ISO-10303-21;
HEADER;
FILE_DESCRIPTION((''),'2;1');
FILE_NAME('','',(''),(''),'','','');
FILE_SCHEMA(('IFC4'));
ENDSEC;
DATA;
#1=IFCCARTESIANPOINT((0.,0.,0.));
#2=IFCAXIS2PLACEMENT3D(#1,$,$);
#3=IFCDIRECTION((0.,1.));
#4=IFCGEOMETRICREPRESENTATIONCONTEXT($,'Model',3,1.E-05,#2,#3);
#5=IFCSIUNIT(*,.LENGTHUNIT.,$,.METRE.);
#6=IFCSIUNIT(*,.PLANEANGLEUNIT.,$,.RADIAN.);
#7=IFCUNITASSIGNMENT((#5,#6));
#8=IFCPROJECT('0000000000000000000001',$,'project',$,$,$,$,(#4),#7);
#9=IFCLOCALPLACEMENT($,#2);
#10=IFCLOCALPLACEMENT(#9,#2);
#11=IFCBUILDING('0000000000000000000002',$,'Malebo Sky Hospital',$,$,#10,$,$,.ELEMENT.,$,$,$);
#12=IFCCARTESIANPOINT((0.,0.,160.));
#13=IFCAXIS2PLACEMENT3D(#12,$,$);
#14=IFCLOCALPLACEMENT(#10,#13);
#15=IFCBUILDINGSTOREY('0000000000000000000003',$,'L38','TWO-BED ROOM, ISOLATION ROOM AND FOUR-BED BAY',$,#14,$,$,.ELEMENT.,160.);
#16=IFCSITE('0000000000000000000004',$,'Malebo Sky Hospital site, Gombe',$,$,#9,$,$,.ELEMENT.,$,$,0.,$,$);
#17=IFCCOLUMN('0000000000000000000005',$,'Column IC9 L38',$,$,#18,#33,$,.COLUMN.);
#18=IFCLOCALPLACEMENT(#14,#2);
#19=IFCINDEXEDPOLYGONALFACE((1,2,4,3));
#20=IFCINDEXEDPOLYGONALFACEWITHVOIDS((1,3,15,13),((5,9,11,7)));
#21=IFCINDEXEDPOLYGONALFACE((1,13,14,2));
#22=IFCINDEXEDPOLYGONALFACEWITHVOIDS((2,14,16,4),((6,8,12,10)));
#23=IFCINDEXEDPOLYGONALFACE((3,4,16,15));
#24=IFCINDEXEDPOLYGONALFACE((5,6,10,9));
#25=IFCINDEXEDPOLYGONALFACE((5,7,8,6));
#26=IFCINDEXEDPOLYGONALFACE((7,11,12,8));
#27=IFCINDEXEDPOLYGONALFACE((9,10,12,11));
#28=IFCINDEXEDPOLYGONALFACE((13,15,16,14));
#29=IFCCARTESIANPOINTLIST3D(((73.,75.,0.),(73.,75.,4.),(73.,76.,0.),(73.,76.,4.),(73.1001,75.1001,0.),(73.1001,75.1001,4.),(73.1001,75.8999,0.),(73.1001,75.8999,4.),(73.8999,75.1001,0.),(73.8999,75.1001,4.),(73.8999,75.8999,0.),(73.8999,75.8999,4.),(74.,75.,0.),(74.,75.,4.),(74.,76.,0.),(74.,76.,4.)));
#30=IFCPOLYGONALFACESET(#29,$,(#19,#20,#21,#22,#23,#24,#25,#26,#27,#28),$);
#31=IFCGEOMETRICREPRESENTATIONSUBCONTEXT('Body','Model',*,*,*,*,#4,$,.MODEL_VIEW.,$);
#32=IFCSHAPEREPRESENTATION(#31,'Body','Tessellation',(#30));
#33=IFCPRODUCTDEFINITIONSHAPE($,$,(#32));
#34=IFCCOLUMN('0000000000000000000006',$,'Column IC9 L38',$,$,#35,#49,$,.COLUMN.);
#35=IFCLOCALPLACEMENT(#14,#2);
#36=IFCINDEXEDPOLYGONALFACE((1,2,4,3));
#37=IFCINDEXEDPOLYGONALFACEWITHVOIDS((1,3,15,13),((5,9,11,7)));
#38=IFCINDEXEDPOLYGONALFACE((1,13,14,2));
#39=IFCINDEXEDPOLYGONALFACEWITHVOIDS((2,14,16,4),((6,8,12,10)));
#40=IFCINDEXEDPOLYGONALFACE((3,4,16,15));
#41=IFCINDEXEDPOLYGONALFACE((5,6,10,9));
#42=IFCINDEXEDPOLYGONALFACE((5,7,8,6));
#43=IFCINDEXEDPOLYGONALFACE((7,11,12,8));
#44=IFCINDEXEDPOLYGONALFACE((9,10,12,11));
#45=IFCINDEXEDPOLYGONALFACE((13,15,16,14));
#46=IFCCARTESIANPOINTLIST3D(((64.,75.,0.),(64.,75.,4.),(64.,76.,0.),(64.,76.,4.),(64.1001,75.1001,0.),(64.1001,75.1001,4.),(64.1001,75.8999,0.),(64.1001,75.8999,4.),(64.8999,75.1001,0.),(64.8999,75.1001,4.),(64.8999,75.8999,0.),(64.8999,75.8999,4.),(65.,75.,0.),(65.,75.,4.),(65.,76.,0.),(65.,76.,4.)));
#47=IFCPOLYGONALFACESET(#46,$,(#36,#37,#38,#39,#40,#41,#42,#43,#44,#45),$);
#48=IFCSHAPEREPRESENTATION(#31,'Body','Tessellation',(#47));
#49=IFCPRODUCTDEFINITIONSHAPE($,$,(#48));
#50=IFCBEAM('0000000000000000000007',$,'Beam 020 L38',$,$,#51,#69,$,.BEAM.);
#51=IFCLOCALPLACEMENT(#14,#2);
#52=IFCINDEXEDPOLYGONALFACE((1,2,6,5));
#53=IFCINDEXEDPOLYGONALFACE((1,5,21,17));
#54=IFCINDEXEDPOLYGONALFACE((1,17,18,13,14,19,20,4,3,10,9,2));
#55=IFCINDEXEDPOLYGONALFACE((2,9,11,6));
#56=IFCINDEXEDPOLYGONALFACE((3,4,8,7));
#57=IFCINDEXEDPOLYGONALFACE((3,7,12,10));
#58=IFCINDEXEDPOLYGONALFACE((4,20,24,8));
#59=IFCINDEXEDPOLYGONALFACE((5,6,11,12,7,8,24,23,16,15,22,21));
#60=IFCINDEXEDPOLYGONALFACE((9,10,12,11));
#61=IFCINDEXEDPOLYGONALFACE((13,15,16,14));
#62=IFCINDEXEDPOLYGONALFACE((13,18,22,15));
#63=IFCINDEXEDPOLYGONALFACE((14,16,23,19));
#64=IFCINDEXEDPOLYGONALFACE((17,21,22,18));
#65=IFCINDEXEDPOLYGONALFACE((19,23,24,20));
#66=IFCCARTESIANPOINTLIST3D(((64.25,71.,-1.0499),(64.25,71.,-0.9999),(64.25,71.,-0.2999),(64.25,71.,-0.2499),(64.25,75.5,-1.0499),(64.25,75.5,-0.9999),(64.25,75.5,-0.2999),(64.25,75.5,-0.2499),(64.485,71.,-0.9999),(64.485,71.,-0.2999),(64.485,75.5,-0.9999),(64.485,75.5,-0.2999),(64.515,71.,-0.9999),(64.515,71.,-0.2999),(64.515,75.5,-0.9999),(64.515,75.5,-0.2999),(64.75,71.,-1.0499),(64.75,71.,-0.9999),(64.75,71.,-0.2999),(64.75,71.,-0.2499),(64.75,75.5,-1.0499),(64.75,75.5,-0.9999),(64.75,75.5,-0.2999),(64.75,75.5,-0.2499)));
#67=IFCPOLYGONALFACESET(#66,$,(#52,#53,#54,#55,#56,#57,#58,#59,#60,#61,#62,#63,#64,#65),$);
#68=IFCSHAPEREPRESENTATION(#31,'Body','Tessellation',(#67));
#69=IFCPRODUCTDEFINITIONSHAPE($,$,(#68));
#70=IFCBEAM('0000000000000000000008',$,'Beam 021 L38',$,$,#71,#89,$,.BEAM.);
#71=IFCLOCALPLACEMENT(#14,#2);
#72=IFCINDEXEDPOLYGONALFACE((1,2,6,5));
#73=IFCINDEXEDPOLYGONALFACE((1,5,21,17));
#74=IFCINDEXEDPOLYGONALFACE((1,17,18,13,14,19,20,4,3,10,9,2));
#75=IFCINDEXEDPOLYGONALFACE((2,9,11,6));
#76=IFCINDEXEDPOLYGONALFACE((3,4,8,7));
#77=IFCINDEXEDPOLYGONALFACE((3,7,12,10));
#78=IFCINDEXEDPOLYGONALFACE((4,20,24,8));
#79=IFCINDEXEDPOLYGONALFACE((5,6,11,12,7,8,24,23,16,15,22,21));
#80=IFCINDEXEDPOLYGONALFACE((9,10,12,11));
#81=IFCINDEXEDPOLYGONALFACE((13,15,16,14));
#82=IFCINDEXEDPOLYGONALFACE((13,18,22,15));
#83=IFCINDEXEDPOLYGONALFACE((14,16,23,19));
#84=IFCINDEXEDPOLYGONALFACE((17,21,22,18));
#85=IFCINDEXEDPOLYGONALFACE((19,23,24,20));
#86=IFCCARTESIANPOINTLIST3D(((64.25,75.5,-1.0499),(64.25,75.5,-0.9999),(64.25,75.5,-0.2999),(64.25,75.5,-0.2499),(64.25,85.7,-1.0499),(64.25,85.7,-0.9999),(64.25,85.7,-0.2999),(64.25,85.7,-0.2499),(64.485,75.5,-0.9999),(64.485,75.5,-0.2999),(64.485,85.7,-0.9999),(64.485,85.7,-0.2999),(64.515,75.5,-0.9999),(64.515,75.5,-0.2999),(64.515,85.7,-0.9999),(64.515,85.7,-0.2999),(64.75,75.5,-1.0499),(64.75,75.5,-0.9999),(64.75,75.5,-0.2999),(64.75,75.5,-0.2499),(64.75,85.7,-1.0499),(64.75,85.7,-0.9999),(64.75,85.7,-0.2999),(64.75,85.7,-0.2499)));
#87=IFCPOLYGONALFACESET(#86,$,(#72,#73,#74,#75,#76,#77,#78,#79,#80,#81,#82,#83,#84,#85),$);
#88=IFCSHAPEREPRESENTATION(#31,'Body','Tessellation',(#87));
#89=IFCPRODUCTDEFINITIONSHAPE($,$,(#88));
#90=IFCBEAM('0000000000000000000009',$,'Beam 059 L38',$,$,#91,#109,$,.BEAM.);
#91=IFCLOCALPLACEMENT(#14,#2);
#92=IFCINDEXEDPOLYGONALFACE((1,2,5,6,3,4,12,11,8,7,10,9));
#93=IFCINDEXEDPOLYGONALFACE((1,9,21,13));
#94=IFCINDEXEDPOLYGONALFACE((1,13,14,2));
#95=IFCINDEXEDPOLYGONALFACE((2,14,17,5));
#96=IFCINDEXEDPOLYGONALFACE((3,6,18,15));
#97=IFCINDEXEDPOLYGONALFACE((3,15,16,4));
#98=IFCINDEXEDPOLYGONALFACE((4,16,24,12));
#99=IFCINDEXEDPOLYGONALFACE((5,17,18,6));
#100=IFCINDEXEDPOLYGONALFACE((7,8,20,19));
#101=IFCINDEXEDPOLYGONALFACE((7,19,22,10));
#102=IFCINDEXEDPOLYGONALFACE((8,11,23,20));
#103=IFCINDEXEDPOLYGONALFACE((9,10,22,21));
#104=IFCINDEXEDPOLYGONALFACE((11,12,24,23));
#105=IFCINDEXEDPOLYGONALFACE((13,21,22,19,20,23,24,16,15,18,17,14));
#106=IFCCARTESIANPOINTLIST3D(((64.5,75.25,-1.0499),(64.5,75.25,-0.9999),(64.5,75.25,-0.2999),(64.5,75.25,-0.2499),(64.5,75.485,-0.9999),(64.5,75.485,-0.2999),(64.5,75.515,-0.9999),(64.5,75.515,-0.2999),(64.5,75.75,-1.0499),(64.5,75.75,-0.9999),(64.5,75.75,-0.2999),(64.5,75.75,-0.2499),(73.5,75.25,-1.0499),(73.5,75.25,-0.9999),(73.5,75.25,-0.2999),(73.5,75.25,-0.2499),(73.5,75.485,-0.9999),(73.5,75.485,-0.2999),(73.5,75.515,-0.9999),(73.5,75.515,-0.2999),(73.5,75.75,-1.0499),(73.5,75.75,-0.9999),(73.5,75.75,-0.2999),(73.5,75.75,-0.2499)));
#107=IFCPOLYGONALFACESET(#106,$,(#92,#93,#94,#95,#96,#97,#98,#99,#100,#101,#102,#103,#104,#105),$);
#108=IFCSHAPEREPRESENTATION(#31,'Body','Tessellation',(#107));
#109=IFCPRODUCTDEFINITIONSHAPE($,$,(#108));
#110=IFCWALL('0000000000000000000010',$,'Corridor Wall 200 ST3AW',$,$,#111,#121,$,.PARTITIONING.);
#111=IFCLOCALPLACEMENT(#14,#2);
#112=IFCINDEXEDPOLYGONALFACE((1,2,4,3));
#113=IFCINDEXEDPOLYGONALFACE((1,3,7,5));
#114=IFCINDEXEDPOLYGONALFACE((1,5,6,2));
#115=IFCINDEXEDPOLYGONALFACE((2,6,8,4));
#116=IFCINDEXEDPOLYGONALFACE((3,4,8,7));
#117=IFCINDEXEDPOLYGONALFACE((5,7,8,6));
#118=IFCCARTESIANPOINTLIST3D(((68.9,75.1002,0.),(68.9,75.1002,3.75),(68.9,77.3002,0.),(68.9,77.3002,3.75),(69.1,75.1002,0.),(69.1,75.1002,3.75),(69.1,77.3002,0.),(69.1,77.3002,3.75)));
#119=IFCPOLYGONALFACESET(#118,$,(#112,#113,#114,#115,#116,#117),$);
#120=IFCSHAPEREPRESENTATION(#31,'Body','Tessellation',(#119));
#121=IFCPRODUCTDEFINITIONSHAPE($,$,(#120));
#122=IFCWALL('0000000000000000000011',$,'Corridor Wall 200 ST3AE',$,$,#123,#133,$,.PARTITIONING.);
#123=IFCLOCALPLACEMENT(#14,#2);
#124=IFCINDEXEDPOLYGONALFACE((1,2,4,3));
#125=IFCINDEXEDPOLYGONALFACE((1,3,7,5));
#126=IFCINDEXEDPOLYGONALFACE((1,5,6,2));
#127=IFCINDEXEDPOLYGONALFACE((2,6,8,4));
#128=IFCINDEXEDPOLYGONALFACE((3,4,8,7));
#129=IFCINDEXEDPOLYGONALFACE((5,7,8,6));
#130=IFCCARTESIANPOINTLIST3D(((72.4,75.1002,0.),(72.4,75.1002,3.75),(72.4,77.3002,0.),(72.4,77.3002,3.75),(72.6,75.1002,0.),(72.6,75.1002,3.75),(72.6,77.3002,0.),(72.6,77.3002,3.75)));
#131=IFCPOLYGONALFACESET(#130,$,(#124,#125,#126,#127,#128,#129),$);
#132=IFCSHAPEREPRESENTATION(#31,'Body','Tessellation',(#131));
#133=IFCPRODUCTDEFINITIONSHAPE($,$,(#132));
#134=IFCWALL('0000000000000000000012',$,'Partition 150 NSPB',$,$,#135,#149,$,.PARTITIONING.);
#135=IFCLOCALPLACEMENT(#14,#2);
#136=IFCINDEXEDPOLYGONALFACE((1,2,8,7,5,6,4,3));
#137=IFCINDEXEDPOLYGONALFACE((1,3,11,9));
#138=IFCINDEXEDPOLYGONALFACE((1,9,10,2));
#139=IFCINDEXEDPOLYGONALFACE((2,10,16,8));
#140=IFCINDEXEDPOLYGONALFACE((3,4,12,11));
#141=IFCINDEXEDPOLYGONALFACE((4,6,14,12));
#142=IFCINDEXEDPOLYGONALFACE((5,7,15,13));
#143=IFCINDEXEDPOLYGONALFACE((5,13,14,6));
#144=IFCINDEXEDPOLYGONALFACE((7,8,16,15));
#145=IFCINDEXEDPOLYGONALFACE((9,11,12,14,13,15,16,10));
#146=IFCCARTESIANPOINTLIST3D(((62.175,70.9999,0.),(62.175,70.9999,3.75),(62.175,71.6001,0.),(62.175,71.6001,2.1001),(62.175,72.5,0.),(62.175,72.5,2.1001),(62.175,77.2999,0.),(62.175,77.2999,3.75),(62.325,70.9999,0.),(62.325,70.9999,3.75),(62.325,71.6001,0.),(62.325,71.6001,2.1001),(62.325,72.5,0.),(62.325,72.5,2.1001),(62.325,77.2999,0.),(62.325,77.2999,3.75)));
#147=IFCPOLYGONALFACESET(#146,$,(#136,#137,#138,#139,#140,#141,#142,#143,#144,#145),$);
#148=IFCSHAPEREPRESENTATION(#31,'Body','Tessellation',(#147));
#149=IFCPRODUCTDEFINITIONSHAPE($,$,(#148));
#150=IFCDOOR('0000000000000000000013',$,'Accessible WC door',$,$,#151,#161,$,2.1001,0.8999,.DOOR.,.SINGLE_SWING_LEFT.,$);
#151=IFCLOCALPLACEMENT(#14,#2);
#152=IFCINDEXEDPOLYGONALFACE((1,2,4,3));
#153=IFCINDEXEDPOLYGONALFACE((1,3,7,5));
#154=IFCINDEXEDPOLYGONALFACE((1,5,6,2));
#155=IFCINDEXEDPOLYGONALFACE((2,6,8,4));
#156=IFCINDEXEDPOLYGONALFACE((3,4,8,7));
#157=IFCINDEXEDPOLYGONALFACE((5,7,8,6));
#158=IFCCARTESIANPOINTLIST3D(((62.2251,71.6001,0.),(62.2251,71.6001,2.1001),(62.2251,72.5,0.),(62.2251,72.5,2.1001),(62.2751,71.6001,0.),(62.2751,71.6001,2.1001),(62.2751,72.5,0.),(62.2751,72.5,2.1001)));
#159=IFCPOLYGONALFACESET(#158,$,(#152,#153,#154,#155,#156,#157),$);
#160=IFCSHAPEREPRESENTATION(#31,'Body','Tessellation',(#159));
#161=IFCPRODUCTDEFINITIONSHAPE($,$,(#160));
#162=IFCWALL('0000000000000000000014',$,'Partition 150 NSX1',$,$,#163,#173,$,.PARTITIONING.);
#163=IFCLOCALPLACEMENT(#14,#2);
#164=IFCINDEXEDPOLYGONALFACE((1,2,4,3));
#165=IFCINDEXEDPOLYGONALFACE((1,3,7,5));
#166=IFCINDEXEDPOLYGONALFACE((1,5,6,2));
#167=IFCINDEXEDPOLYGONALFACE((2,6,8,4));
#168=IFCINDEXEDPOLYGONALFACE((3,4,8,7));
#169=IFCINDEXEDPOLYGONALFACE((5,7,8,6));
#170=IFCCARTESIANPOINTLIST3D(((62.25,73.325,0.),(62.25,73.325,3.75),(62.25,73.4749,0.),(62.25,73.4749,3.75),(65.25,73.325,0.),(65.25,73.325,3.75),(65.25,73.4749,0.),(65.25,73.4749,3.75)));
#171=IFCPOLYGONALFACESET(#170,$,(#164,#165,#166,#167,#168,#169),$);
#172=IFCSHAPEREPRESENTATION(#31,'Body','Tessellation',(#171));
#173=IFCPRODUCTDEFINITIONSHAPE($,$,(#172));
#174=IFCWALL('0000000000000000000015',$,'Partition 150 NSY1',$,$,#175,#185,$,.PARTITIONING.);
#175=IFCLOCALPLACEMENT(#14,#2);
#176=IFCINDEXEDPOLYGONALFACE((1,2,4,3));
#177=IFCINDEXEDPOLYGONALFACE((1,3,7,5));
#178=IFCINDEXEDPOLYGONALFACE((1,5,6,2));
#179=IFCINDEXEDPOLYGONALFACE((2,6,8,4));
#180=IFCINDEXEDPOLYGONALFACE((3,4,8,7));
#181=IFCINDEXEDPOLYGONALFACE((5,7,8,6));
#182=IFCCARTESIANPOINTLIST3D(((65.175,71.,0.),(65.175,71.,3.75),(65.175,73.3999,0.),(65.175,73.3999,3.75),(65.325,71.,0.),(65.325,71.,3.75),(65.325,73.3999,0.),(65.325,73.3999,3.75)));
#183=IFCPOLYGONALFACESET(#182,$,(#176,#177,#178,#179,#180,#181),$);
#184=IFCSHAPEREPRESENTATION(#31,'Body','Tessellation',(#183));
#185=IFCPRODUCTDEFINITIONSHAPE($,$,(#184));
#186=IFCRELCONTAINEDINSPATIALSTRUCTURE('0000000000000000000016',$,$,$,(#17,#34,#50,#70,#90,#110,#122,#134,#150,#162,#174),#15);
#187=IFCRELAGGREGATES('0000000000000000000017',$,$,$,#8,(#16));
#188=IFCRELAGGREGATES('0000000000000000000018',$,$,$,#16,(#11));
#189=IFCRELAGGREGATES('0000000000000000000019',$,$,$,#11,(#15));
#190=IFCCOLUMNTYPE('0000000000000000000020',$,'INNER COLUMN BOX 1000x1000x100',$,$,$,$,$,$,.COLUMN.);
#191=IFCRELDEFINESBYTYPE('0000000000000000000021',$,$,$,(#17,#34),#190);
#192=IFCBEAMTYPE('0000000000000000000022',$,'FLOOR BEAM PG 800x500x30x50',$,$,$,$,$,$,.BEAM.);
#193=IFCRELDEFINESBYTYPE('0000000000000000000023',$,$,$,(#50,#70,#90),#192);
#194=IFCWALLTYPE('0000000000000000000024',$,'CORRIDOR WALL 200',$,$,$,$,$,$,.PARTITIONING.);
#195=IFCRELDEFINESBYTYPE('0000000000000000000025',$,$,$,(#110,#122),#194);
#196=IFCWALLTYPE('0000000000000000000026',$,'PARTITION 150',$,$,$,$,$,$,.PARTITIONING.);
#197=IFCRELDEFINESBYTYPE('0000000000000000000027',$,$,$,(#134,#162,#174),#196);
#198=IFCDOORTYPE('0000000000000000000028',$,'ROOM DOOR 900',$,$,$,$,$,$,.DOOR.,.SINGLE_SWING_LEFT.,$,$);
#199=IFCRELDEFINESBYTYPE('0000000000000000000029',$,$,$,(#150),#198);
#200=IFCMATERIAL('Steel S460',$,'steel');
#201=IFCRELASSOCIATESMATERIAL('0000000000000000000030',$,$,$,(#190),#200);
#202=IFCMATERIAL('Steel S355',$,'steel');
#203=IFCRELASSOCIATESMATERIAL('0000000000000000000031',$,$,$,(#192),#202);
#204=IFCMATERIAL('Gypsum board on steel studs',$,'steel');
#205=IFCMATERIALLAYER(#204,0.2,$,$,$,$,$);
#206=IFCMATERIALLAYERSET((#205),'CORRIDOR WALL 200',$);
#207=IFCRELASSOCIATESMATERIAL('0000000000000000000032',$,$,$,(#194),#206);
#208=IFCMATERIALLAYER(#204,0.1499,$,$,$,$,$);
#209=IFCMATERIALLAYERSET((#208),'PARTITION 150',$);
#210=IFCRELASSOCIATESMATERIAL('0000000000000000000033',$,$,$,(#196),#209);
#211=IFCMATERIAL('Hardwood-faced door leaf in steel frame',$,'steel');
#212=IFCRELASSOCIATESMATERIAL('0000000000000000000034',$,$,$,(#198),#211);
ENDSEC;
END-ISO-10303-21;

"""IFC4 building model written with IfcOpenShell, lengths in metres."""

from ifc_helpers import new_model, si_unit, direction, frame, frame_2d, origin, origin_2d, place, context, subcontext, project, spatial, rectangle, hollow_rectangle, i_section, extrude, material, layer, layer_set, material_profile, profile_set, type_object, element, fill, save


model = new_model("IFC4")

# Units and contexts
model_context = context("Model", 3, precision=1e-05, world=origin(), true_north=direction((0.0, 1.0)))
body_context = subcontext(model_context, "Body", "Model", "MODEL_VIEW")
ifc_project = project(units=[si_unit("LENGTHUNIT", "METRE"), si_unit("PLANEANGLEUNIT", "RADIAN")], contexts=[model_context])

# Site, building, storey
site_placement = place(None, origin())
site = spatial("IfcSite", under=ifc_project, at=site_placement, Name="Malebo Sky Hospital site, Gombe", CompositionType="ELEMENT", RefElevation=0.0)
building_placement = place(site_placement, origin())
building = spatial("IfcBuilding", under=site, at=building_placement, Name="Malebo Sky Hospital", CompositionType="ELEMENT")
storey_placement = place(building_placement, frame((0.0, 0.0, 160.0)))
storey = spatial("IfcBuildingStorey", under=building, at=storey_placement, Name="L38", Description="TWO-BED ROOM, ISOLATION ROOM AND FOUR-BED BAY", CompositionType="ELEMENT", Elevation=160.0)

# Columns
ifc_material_1 = material(Name="Steel S460", Category="steel")
ifc_material_profile_1 = material_profile(ifc_material_1, hollow_rectangle(XDim=1.0, YDim=1.0, WallThickness=0.1001, at=origin_2d()), Name="BOX 1000x1000x100")
ifc_profile_set_1 = profile_set([ifc_material_profile_1], Name="Steel S460")
column_type = type_object("IfcColumnType", Name="INNER COLUMN BOX 1000x1000x100", PredefinedType="COLUMN", material=ifc_profile_set_1)
for number, where, z_axis, x_axis, name in (
    (1, (73.5, 75.5, 0.0), (0.0, 0.0, 1.0), (1.0, 0.0, 0.0), "Column IC9 L38"),
    (2, (64.5, 75.5, 0.0), (0.0, 0.0, 1.0), (1.0, 0.0, 0.0), "Column IC9 L38"),
):
    element("IfcColumn", number, at=place(storey_placement, frame(where, z_axis=z_axis, x_axis=x_axis)), inside=storey, type_object=column_type, Name=name, PredefinedType="COLUMN", context=body_context, shape_type="SweptSolid", body=[
        extrude(hollow_rectangle(XDim=1.0, YDim=1.0, WallThickness=0.1001, at=origin_2d()), origin(), (0.0, 0.0, 1.0), 4.0),
    ])

# Beams
ifc_material_2 = material(Name="Steel S355", Category="steel")
ifc_material_profile_2 = material_profile(ifc_material_2, i_section(OverallWidth=0.5, OverallDepth=0.8, WebThickness=0.03, FlangeThickness=0.05, at=origin_2d()), Name="PG 800x500x30x50")
ifc_profile_set_2 = profile_set([ifc_material_profile_2], Name="Steel S355")
beam_type = type_object("IfcBeamType", Name="FLOOR BEAM PG 800x500x30x50", PredefinedType="BEAM", material=ifc_profile_set_2)
beam_1_placement = place(storey_placement, frame((64.5, 71.0, -0.6499), z_axis=(0.0, 1.0, 0.0), x_axis=(-1.0, 0.0, 0.0)))
element("IfcBeam", 3, at=beam_1_placement, inside=storey, type_object=beam_type, Name="Beam 020 L38", PredefinedType="BEAM", context=body_context, shape_type="SweptSolid", body=[
    extrude(i_section(OverallWidth=0.5, OverallDepth=0.8, WebThickness=0.03, FlangeThickness=0.05, at=origin_2d()), origin(), (0.0, 0.0, 1.0), 4.5),
])
beam_2_placement = place(storey_placement, frame((64.5, 75.5, -0.6499), z_axis=(0.0, 1.0, 0.0), x_axis=(-1.0, 0.0, 0.0)))
element("IfcBeam", 4, at=beam_2_placement, inside=storey, type_object=beam_type, Name="Beam 021 L38", PredefinedType="BEAM", context=body_context, shape_type="SweptSolid", body=[
    extrude(i_section(OverallWidth=0.5, OverallDepth=0.8, WebThickness=0.03, FlangeThickness=0.05, at=origin_2d()), origin(), (0.0, 0.0, 1.0), 10.2),
])
beam_3_placement = place(storey_placement, frame((64.5, 75.5, -0.6499), z_axis=(1.0, 0.0, 0.0), x_axis=(0.0, 1.0, 0.0)))
element("IfcBeam", 5, at=beam_3_placement, inside=storey, type_object=beam_type, Name="Beam 059 L38", PredefinedType="BEAM", context=body_context, shape_type="SweptSolid", body=[
    extrude(i_section(OverallWidth=0.5, OverallDepth=0.8, WebThickness=0.03, FlangeThickness=0.05, at=origin_2d()), origin(), (0.0, 0.0, 1.0), 9.0),
])

# Walls
ifc_material_3 = material(Name="Gypsum board on steel studs", Category="steel")
ifc_layer_1 = layer(ifc_material_3, 0.2)
ifc_layer_set_1 = layer_set([ifc_layer_1], Name="CORRIDOR WALL 200")
wall_type_1 = type_object("IfcWallType", Name="CORRIDOR WALL 200", PredefinedType="PARTITIONING", material=ifc_layer_set_1)
for number, where, z_axis, x_axis, name in (
    (6, (69.0, 75.1001, 0.0), (0.0, 0.0, 1.0), (0.0, 1.0, 0.0), "Corridor Wall 200 ST3AW"),
    (7, (72.5, 75.1001, 0.0), (0.0, 0.0, 1.0), (0.0, 1.0, 0.0), "Corridor Wall 200 ST3AE"),
):
    element("IfcWall", number, at=place(storey_placement, frame(where, z_axis=z_axis, x_axis=x_axis)), inside=storey, type_object=wall_type_1, Name=name, PredefinedType="PARTITIONING", context=body_context, shape_type="SweptSolid", body=[
        extrude(rectangle(XDim=2.2, YDim=0.2, at=frame_2d((1.1001, 0.0))), origin(), (0.0, 0.0, 1.0), 3.75),
    ])

# Wall, opening, door
ifc_layer_2 = layer(ifc_material_3, 0.1499)
ifc_layer_set_2 = layer_set([ifc_layer_2], Name="PARTITION 150")
wall_type_2 = type_object("IfcWallType", Name="PARTITION 150", PredefinedType="PARTITIONING", material=ifc_layer_set_2)
wall_1_placement = place(storey_placement, frame((62.25, 71.0, 0.0), z_axis=(0.0, 0.0, 1.0), x_axis=(0.0, 1.0, 0.0)))
wall_1 = element("IfcWall", 8, at=wall_1_placement, inside=storey, type_object=wall_type_2, Name="Partition 150 NSPB", PredefinedType="PARTITIONING", context=body_context, shape_type="SweptSolid", body=[
    extrude(rectangle(XDim=6.3, YDim=0.1499, at=frame_2d((3.1499, 0.0))), origin(), (0.0, 0.0, 1.0), 3.75),
])
opening_1_placement = place(wall_1_placement, frame((0.6001, 0.0, 0.0)))
opening_1 = element("IfcOpeningElement", 9, at=opening_1_placement, cuts=wall_1, PredefinedType="OPENING", context=body_context, shape_type="SweptSolid", body=[
    extrude(rectangle(XDim=0.8999, YDim=2.1001, at=frame_2d((0.45, 1.05))), frame((0.0, 0.085, 0.0), z_axis=(0.0, -1.0, 0.0), x_axis=(1.0, 0.0, 0.0)), (0.0, 0.0, 1.0), 0.1699),
])
ifc_material_4 = material(Name="Hardwood-faced door leaf in steel frame", Category="steel")
door_type_1 = type_object("IfcDoorType", Name="ROOM DOOR 900", OperationType="SINGLE_SWING_LEFT", PredefinedType="DOOR", material=ifc_material_4)
door_1_placement = place(opening_1_placement, origin())
door_1 = element("IfcDoor", 10, at=door_1_placement, inside=storey, type_object=door_type_1, Name="Accessible WC door", OperationType="SINGLE_SWING_LEFT", OverallHeight=2.1001, OverallWidth=0.8999, PredefinedType="DOOR", context=body_context, shape_type="SweptSolid", body=[
    extrude(rectangle(XDim=0.8999, YDim=2.1001, at=frame_2d((0.45, 1.05))), frame((0.0, 0.0249, 0.0), z_axis=(0.0, -1.0, 0.0), x_axis=(1.0, 0.0, 0.0)), (0.0, 0.0, 1.0), 0.05),
])
fill(opening_1, door_1)

# Walls
wall_2_placement = place(storey_placement, frame((62.25, 73.3999, 0.0), z_axis=(0.0, 0.0, 1.0), x_axis=(1.0, 0.0, 0.0)))
element("IfcWall", 11, at=wall_2_placement, inside=storey, type_object=wall_type_2, Name="Partition 150 NSX1", PredefinedType="PARTITIONING", context=body_context, shape_type="SweptSolid", body=[
    extrude(rectangle(XDim=3.0, YDim=0.1499, at=frame_2d((1.5, 0.0))), origin(), (0.0, 0.0, 1.0), 3.75),
])
wall_3_placement = place(storey_placement, frame((65.25, 71.0, 0.0), z_axis=(0.0, 0.0, 1.0), x_axis=(0.0, 1.0, 0.0)))
element("IfcWall", 12, at=wall_3_placement, inside=storey, type_object=wall_type_2, Name="Partition 150 NSY1", PredefinedType="PARTITIONING", context=body_context, shape_type="SweptSolid", body=[
    extrude(rectangle(XDim=2.3999, YDim=0.1499, at=frame_2d((1.2, 0.0))), origin(), (0.0, 0.0, 1.0), 3.75),
])

save(model, "model.ifc")
